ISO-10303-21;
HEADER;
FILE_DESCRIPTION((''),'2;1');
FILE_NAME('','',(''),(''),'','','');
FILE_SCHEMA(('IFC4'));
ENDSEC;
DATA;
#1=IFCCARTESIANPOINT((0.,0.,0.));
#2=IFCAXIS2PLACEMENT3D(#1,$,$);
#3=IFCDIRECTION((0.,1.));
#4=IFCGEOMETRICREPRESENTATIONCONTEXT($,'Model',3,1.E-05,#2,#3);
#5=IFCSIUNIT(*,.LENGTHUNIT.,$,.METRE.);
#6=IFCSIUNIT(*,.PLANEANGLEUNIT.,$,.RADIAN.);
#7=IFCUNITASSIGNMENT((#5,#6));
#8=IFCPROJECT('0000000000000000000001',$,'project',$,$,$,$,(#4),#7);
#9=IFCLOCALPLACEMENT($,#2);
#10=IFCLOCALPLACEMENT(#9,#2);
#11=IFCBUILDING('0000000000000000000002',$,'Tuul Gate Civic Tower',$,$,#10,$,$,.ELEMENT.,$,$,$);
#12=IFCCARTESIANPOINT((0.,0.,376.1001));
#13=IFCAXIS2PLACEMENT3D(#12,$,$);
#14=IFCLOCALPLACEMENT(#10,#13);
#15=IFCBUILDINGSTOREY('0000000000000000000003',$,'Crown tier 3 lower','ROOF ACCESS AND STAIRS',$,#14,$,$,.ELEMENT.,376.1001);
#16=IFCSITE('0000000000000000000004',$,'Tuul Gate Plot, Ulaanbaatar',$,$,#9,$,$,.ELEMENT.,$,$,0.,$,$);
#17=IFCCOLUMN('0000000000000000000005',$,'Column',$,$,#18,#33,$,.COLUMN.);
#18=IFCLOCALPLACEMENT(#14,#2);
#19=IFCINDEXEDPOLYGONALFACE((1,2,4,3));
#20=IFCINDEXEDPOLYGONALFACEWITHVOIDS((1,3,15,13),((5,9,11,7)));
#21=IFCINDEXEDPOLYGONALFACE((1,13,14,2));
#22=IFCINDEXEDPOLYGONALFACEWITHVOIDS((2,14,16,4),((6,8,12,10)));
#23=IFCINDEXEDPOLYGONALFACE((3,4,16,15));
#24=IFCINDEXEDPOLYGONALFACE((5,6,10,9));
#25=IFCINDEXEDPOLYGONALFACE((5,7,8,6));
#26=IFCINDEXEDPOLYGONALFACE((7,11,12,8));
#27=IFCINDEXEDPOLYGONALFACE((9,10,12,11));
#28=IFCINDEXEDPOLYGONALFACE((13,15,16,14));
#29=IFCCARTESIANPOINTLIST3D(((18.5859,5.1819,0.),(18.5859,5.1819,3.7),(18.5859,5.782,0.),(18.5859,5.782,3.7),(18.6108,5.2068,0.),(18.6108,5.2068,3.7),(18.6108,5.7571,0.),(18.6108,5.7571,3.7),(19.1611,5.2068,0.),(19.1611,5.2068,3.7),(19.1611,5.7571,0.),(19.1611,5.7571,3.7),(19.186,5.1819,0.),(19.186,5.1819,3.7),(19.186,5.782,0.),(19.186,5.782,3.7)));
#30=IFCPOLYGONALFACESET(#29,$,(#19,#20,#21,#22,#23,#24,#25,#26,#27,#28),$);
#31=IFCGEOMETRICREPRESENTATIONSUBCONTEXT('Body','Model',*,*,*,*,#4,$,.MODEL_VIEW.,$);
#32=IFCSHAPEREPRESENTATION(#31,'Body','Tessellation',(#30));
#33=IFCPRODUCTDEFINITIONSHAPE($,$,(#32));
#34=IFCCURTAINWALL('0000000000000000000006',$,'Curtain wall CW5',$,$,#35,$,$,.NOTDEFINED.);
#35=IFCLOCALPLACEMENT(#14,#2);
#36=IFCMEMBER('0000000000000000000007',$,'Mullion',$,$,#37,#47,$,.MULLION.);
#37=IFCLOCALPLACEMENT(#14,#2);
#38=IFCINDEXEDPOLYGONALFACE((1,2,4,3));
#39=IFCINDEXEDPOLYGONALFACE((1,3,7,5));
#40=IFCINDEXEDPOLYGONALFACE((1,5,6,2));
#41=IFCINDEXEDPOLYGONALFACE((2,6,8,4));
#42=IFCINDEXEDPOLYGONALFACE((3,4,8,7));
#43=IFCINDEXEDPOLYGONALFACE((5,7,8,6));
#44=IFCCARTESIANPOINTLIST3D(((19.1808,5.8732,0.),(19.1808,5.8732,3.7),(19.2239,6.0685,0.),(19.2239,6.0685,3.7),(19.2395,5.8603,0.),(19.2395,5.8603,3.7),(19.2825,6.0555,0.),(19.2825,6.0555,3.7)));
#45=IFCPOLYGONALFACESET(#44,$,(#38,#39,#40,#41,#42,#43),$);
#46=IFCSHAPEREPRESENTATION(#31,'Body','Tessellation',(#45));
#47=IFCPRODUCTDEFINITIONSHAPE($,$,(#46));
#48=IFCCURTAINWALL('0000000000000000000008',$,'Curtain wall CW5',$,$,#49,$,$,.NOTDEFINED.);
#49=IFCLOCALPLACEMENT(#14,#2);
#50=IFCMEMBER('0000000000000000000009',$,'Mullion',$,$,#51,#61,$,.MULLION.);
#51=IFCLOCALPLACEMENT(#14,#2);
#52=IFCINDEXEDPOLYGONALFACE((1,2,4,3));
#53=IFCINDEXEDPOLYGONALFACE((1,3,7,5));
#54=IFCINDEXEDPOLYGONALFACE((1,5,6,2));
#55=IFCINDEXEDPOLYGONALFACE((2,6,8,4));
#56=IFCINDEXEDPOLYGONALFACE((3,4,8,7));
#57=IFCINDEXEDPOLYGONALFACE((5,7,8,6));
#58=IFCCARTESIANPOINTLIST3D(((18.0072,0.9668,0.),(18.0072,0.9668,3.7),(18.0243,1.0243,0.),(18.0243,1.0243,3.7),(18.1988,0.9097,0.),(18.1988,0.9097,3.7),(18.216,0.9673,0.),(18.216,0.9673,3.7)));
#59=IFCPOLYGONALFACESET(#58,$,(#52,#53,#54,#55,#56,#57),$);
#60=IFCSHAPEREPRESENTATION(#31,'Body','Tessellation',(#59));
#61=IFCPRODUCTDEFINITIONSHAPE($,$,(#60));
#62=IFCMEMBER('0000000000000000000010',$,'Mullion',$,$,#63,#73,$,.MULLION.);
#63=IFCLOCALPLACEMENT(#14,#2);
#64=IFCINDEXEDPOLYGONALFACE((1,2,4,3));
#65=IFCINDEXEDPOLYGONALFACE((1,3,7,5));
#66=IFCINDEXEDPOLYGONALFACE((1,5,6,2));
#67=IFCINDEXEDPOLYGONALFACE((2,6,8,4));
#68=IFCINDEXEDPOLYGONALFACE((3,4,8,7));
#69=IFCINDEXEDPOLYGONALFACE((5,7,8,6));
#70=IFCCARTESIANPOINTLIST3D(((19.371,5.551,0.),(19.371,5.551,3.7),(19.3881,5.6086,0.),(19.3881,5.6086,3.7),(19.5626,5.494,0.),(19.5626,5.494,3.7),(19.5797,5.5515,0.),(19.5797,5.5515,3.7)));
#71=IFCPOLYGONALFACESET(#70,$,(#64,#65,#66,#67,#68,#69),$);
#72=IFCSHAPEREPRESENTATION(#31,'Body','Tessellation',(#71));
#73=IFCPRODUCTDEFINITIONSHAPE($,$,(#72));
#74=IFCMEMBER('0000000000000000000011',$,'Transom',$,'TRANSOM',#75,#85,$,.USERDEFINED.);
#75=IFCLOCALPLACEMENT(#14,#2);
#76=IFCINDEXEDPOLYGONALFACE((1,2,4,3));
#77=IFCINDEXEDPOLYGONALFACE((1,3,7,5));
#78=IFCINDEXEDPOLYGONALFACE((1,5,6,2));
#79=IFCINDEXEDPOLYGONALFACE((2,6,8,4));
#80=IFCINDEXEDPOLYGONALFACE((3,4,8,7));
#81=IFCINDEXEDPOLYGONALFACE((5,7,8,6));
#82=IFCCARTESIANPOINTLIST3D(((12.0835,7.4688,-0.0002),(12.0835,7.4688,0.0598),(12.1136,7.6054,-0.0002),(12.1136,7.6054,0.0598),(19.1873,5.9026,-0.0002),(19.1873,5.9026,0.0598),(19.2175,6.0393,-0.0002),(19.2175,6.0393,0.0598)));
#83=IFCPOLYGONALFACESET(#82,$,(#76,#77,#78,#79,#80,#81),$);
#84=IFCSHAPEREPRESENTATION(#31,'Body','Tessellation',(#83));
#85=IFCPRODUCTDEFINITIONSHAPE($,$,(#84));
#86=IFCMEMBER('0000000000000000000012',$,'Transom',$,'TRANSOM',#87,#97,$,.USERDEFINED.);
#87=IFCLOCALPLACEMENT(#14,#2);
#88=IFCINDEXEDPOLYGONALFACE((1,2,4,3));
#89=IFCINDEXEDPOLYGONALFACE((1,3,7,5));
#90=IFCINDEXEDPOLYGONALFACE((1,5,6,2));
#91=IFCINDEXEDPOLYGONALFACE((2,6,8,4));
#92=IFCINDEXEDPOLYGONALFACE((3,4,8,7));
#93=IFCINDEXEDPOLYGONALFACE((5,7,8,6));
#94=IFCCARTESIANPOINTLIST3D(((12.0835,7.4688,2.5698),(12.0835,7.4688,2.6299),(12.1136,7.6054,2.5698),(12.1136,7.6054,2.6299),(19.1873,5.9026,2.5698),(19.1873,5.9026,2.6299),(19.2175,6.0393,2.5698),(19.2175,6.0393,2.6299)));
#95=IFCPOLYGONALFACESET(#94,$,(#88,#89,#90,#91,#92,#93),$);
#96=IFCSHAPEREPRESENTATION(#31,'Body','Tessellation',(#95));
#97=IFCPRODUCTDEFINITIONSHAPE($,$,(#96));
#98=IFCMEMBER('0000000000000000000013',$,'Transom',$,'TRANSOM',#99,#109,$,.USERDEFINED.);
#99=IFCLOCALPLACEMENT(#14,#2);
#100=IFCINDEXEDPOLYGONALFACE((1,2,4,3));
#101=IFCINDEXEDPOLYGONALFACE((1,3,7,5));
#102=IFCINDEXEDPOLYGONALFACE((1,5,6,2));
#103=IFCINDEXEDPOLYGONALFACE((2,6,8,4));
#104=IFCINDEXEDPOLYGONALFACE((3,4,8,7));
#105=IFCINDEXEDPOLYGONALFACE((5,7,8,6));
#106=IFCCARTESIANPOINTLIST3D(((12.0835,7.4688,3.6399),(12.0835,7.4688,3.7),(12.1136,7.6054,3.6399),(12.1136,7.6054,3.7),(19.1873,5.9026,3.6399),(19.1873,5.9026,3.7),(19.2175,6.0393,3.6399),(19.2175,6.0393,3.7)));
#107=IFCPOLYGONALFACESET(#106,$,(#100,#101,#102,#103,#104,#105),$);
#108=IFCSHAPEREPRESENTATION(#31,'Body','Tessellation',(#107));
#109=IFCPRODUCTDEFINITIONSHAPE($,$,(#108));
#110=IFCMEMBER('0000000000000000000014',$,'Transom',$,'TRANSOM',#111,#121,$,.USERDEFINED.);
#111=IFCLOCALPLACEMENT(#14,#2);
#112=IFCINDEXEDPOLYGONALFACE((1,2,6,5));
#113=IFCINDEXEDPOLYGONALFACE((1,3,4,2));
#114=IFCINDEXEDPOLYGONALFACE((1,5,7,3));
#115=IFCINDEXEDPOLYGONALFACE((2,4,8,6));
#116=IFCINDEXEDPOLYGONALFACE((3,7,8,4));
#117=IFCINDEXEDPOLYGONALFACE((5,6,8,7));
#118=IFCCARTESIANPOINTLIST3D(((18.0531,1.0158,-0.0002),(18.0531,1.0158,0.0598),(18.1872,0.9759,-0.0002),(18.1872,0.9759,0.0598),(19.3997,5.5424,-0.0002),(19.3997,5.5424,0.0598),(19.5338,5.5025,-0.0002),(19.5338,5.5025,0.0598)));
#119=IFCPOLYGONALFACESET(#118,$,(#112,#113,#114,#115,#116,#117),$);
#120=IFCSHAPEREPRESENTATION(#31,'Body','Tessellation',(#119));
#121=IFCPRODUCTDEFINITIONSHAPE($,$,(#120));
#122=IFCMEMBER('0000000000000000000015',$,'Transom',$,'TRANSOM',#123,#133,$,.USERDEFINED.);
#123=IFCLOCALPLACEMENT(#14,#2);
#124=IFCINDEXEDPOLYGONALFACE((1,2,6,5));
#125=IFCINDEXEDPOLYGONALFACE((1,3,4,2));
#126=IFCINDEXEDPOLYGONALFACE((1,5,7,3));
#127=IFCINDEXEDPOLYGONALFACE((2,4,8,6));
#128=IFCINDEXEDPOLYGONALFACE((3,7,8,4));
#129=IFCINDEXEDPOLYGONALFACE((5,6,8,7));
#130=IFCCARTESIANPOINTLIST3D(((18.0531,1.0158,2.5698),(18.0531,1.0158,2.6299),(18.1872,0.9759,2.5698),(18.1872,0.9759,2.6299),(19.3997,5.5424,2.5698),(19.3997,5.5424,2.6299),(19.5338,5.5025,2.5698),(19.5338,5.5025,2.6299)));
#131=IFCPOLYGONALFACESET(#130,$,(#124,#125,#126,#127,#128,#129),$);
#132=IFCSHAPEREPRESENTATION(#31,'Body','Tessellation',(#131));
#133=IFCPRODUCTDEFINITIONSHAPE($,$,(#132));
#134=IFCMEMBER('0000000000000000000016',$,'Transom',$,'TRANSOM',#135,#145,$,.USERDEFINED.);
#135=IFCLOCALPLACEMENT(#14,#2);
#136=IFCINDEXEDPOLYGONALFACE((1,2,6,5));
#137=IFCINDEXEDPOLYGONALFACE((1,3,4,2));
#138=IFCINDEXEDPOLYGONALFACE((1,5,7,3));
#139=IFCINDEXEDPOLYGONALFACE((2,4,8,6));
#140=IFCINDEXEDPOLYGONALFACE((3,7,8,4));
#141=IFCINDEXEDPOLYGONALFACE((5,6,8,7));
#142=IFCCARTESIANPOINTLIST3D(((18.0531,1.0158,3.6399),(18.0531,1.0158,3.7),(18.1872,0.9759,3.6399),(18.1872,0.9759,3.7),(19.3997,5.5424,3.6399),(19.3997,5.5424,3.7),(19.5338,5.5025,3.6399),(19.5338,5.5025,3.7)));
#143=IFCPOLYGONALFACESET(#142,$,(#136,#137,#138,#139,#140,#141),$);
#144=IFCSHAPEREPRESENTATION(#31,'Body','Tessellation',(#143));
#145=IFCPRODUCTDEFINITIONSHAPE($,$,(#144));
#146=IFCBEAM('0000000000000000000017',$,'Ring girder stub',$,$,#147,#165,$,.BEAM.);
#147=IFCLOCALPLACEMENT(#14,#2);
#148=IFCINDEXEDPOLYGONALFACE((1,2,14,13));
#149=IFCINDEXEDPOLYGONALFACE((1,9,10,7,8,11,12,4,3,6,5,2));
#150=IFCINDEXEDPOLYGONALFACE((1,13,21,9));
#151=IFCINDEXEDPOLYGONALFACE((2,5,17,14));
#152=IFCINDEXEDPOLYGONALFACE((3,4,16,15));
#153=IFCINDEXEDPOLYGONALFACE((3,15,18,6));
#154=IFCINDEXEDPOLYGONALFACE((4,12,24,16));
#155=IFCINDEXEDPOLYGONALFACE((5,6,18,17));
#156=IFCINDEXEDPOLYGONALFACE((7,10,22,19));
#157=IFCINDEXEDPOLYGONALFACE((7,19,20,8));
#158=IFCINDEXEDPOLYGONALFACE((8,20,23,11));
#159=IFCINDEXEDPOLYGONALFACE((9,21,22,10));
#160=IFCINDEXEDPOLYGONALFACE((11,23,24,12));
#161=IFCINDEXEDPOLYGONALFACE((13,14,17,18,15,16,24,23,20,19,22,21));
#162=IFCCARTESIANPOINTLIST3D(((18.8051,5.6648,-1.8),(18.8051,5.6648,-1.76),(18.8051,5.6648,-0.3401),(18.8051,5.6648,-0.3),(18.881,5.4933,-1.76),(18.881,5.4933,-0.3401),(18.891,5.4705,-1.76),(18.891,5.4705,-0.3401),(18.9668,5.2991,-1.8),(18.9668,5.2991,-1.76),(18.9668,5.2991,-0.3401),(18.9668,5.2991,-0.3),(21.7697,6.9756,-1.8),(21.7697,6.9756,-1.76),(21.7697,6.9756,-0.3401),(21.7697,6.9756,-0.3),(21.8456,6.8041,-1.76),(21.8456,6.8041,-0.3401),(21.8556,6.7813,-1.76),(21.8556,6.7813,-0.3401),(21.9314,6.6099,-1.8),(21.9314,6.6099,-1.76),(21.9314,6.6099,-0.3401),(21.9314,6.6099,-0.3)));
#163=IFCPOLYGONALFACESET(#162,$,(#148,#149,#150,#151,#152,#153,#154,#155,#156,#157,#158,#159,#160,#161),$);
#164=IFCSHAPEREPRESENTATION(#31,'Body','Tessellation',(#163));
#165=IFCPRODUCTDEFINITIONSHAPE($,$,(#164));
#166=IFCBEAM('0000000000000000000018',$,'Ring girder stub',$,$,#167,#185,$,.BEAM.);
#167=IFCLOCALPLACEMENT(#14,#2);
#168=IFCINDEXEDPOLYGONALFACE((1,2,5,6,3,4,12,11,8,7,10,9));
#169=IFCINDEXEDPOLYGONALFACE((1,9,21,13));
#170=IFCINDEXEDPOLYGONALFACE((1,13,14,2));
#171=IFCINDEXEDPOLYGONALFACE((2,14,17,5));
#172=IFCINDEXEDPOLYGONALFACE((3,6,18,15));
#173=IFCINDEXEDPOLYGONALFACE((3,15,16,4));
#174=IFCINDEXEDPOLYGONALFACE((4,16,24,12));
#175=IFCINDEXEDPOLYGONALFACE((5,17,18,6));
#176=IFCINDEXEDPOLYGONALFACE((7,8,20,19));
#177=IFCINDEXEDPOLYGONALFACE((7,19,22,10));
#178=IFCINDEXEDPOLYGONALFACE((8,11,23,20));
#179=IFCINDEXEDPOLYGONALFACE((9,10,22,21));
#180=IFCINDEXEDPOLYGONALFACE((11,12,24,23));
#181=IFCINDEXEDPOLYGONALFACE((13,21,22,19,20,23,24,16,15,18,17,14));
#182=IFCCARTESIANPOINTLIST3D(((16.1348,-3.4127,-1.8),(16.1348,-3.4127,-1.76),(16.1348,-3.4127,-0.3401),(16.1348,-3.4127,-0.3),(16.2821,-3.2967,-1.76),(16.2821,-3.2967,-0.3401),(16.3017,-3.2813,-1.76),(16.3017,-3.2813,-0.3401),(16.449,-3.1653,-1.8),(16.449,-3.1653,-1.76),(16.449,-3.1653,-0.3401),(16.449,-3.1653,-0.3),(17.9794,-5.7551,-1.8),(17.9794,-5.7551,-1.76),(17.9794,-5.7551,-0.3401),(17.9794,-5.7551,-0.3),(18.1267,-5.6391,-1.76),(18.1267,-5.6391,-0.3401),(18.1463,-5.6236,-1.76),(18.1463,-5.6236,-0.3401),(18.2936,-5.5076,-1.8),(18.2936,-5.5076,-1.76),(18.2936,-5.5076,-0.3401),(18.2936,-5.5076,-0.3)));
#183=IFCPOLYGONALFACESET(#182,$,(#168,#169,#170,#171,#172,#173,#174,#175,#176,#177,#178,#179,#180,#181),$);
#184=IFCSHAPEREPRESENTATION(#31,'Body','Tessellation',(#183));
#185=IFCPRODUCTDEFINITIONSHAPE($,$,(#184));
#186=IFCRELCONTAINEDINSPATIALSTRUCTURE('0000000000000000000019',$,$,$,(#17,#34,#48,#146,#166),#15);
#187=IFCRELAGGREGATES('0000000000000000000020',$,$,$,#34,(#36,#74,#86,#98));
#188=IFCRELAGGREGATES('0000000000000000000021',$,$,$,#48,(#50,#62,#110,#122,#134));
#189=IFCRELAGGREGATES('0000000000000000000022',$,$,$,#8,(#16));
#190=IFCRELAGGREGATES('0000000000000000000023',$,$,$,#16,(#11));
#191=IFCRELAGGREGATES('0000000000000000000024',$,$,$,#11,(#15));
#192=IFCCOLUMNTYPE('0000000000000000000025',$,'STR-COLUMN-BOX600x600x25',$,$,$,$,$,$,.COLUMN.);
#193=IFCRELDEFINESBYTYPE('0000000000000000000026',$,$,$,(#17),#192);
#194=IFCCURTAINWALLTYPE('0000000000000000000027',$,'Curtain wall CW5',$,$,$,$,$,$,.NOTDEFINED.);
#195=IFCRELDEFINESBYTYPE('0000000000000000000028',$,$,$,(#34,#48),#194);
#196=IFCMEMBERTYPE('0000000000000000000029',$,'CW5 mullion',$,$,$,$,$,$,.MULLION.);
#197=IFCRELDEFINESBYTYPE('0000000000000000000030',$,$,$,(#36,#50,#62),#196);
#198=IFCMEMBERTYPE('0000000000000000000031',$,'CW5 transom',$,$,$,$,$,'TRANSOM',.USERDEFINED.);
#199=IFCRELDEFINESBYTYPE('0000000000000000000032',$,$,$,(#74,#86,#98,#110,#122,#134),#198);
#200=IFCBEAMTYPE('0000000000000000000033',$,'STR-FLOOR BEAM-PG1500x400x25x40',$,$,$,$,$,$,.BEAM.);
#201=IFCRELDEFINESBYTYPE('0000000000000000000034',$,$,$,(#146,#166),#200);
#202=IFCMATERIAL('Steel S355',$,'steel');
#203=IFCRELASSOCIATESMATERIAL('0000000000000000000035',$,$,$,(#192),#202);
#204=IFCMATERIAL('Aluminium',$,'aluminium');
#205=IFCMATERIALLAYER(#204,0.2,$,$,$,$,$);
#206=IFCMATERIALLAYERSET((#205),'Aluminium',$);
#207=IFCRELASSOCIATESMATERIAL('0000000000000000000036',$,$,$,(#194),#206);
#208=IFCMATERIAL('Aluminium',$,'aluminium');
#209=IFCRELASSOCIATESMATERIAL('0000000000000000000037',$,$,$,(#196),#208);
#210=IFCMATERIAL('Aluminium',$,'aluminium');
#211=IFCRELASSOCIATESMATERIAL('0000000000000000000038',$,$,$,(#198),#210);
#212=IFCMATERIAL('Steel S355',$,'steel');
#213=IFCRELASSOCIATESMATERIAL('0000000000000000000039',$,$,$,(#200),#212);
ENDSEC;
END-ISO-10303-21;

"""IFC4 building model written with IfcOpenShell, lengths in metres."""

from ifc_helpers import new_model, si_unit, direction, frame, origin, origin_2d, place, context, subcontext, project, spatial, rectangle, hollow_rectangle, i_section, extrude, material, layer, layer_set, material_profile, profile_set, type_object, element, aggregate, save


model = new_model("IFC4")

# Units and contexts
model_context = context("Model", 3, precision=1e-05, world=origin(), true_north=direction((0.0, 1.0)))
body_context = subcontext(model_context, "Body", "Model", "MODEL_VIEW")
ifc_project = project(units=[si_unit("LENGTHUNIT", "METRE"), si_unit("PLANEANGLEUNIT", "RADIAN")], contexts=[model_context])

# Site, building, storey
site_placement = place(None, origin())
site = spatial("IfcSite", under=ifc_project, at=site_placement, Name="Tuul Gate Plot, Ulaanbaatar", CompositionType="ELEMENT", RefElevation=0.0)
building_placement = place(site_placement, origin())
building = spatial("IfcBuilding", under=site, at=building_placement, Name="Tuul Gate Civic Tower", CompositionType="ELEMENT")
storey_placement = place(building_placement, frame((0.0, 0.0, 376.1001)))
storey = spatial("IfcBuildingStorey", under=building, at=storey_placement, Name="Crown tier 3 lower", Description="ROOF ACCESS AND STAIRS", CompositionType="ELEMENT", Elevation=376.1001)

# Column
ifc_material_1 = material(Name="Steel S355", Category="steel")
ifc_material_profile_1 = material_profile(ifc_material_1, hollow_rectangle(XDim=0.6001, YDim=0.6001, WallThickness=0.0249, at=origin_2d()), Name="BOX600x600x25")
ifc_profile_set_1 = profile_set([ifc_material_profile_1], Name="Steel S355")
column_type = type_object("IfcColumnType", Name="STR-COLUMN-BOX600x600x25", PredefinedType="COLUMN", material=ifc_profile_set_1)
column_placement = place(storey_placement, frame((18.886, 5.4819, 0.0), z_axis=(0.0, 0.0, 1.0), x_axis=(1.0, 0.0, 0.0)))
element("IfcColumn", 1, at=column_placement, inside=storey, type_object=column_type, Name="Column", PredefinedType="COLUMN", context=body_context, shape_type="SweptSolid", body=[
    extrude(hollow_rectangle(XDim=0.6001, YDim=0.6001, WallThickness=0.0249, at=origin_2d()), origin(), (0.0, 0.0, 1.0), 3.7),
])

# Curtain wall, member
ifc_material_2 = material(Name="Aluminium", Category="aluminium")
ifc_layer_1 = layer(ifc_material_2, 0.2)
ifc_layer_set_1 = layer_set([ifc_layer_1], Name="Aluminium")
curtain_wall_type = type_object("IfcCurtainWallType", Name="Curtain wall CW5", PredefinedType="NOTDEFINED", material=ifc_layer_set_1)
curtain_wall_1_placement = place(storey_placement, origin())
curtain_wall_1 = element("IfcCurtainWall", 2, at=curtain_wall_1_placement, inside=storey, type_object=curtain_wall_type, Name="Curtain wall CW5", PredefinedType="NOTDEFINED")
ifc_material_3 = material(Name="Aluminium", Category="aluminium")
ifc_material_profile_2 = material_profile(ifc_material_3, rectangle(XDim=0.2, YDim=0.0601, at=origin_2d()), Name="CW5 mullion")
ifc_profile_set_2 = profile_set([ifc_material_profile_2], Name="Aluminium")
member_type_1 = type_object("IfcMemberType", Name="CW5 mullion", PredefinedType="MULLION", material=ifc_profile_set_2)
member_1_placement = place(storey_placement, frame((19.2317, 5.9644, 0.0), z_axis=(0.0, 0.0, 1.0), x_axis=(-0.215298, -0.976548, 0.0)))
member_1 = element("IfcMember", 3, at=member_1_placement, type_object=member_type_1, Name="Mullion", PredefinedType="MULLION", context=body_context, shape_type="SweptSolid", body=[
    extrude(rectangle(XDim=0.2, YDim=0.0601, at=origin_2d()), origin(), (0.0, 0.0, 1.0), 3.7),
])

# Curtain wall, members
curtain_wall_2_placement = place(storey_placement, origin())
curtain_wall_2 = element("IfcCurtainWall", 4, at=curtain_wall_2_placement, inside=storey, type_object=curtain_wall_type, Name="Curtain wall CW5", PredefinedType="NOTDEFINED")
member_2_placement = place(storey_placement, frame((18.1116, 0.967, 0.0), z_axis=(0.0, 0.0, 1.0), x_axis=(-0.958476, 0.285174, 0.0)))
member_2 = element("IfcMember", 5, at=member_2_placement, type_object=member_type_1, Name="Mullion", PredefinedType="MULLION", context=body_context, shape_type="SweptSolid", body=[
    extrude(rectangle(XDim=0.2, YDim=0.0601, at=origin_2d()), origin(), (0.0, 0.0, 1.0), 3.7),
])
member_3_placement = place(storey_placement, frame((19.4753, 5.5513, 0.0), z_axis=(0.0, 0.0, 1.0), x_axis=(-0.958476, 0.285174, 0.0)))
member_3 = element("IfcMember", 6, at=member_3_placement, type_object=member_type_1, Name="Mullion", PredefinedType="MULLION", context=body_context, shape_type="SweptSolid", body=[
    extrude(rectangle(XDim=0.2, YDim=0.0601, at=origin_2d()), origin(), (0.0, 0.0, 1.0), 3.7),
])

# Members
ifc_material_4 = material(Name="Aluminium", Category="aluminium")
ifc_material_profile_3 = material_profile(ifc_material_4, rectangle(XDim=0.1399, YDim=0.0601, at=origin_2d()), Name="CW5 transom")
ifc_profile_set_3 = profile_set([ifc_material_profile_3], Name="Aluminium")
member_type_2 = type_object("IfcMemberType", Name="CW5 transom", ElementType="TRANSOM", PredefinedType="USERDEFINED", material=ifc_profile_set_3)
member_4_placement = place(storey_placement, frame((19.2024, 5.9709, 0.0298), z_axis=(-0.976548, 0.215299, 0.0), x_axis=(-0.215299, -0.976548, 0.0)))
member_4 = element("IfcMember", 7, at=member_4_placement, type_object=member_type_2, Name="Transom", ObjectType="TRANSOM", PredefinedType="USERDEFINED", context=body_context, shape_type="SweptSolid", body=[
    extrude(rectangle(XDim=0.1399, YDim=0.0601, at=origin_2d()), origin(), (0.0, 0.0, 1.0), 7.2744),
])
member_5_placement = place(storey_placement, frame((19.2024, 5.9709, 2.5999), z_axis=(-0.976548, 0.215299, 0.0), x_axis=(-0.215299, -0.976548, 0.0)))
member_5 = element("IfcMember", 8, at=member_5_placement, type_object=member_type_2, Name="Transom", ObjectType="TRANSOM", PredefinedType="USERDEFINED", context=body_context, shape_type="SweptSolid", body=[
    extrude(rectangle(XDim=0.1399, YDim=0.0601, at=origin_2d()), origin(), (0.0, 0.0, 1.0), 7.2744),
])
member_6_placement = place(storey_placement, frame((19.2024, 5.9709, 3.6699), z_axis=(-0.976548, 0.215299, 0.0), x_axis=(-0.215299, -0.976548, 0.0)))
member_6 = element("IfcMember", 9, at=member_6_placement, type_object=member_type_2, Name="Transom", ObjectType="TRANSOM", PredefinedType="USERDEFINED", context=body_context, shape_type="SweptSolid", body=[
    extrude(rectangle(XDim=0.1399, YDim=0.0601, at=origin_2d()), origin(), (0.0, 0.0, 1.0), 7.2744),
])
aggregate(curtain_wall_1, [member_1, member_4, member_5, member_6])
member_7_placement = place(storey_placement, frame((18.1201, 0.9958, 0.0298), z_axis=(0.285151, 0.958483, 0.0), x_axis=(-0.958483, 0.285151, 0.0)))
member_7 = element("IfcMember", 10, at=member_7_placement, type_object=member_type_2, Name="Transom", ObjectType="TRANSOM", PredefinedType="USERDEFINED", context=body_context, shape_type="SweptSolid", body=[
    extrude(rectangle(XDim=0.1399, YDim=0.0601, at=origin_2d()), origin(), (0.0, 0.0, 1.0), 4.7227),
])
member_8_placement = place(storey_placement, frame((18.1201, 0.9958, 2.5999), z_axis=(0.285151, 0.958483, 0.0), x_axis=(-0.958483, 0.285151, 0.0)))
member_8 = element("IfcMember", 11, at=member_8_placement, type_object=member_type_2, Name="Transom", ObjectType="TRANSOM", PredefinedType="USERDEFINED", context=body_context, shape_type="SweptSolid", body=[
    extrude(rectangle(XDim=0.1399, YDim=0.0601, at=origin_2d()), origin(), (0.0, 0.0, 1.0), 4.7227),
])
member_9_placement = place(storey_placement, frame((18.1201, 0.9958, 3.6699), z_axis=(0.285151, 0.958483, 0.0), x_axis=(-0.958483, 0.285151, 0.0)))
member_9 = element("IfcMember", 12, at=member_9_placement, type_object=member_type_2, Name="Transom", ObjectType="TRANSOM", PredefinedType="USERDEFINED", context=body_context, shape_type="SweptSolid", body=[
    extrude(rectangle(XDim=0.1399, YDim=0.0601, at=origin_2d()), origin(), (0.0, 0.0, 1.0), 4.7227),
])

# Beams
ifc_material_5 = material(Name="Steel S355", Category="steel")
ifc_material_profile_4 = material_profile(ifc_material_5, i_section(OverallWidth=0.3999, OverallDepth=1.5, WebThickness=0.0249, FlangeThickness=0.04, at=origin_2d()), Name="PG1500x400x25x40")
ifc_profile_set_4 = profile_set([ifc_material_profile_4], Name="Steel S355")
beam_type_1 = type_object("IfcBeamType", Name="STR-FLOOR BEAM-PG1500x400x25x40", PredefinedType="BEAM", material=ifc_profile_set_4)
beam_1_placement = place(storey_placement, frame((21.8506, 6.7927, -1.05), z_axis=(-0.914589, -0.404384, 0.0), x_axis=(0.404384, -0.914589, 0.0)))
element("IfcBeam", 13, at=beam_1_placement, inside=storey, type_object=beam_type_1, Name="Ring girder stub", PredefinedType="BEAM", context=body_context, shape_type="SweptSolid", body=[
    extrude(i_section(OverallWidth=0.3999, OverallDepth=1.5, WebThickness=0.0249, FlangeThickness=0.04, at=origin_2d()), origin(), (0.0, 0.0, 1.0), 3.2415),
])
beam_2_placement = place(storey_placement, frame((18.1365, -5.6313, -1.05), z_axis=(-0.618675, 0.785647, 0.0), x_axis=(-0.785647, -0.618675, 0.0)))
element("IfcBeam", 14, at=beam_2_placement, inside=storey, type_object=beam_type_1, Name="Ring girder stub", PredefinedType="BEAM", context=body_context, shape_type="SweptSolid", body=[
    extrude(i_section(OverallWidth=0.3999, OverallDepth=1.5, WebThickness=0.0249, FlangeThickness=0.04, at=origin_2d()), origin(), (0.0, 0.0, 1.0), 2.9814),
])

aggregate(curtain_wall_2, [member_2, member_3, member_7, member_8, member_9])

save(model, "model.ifc")
